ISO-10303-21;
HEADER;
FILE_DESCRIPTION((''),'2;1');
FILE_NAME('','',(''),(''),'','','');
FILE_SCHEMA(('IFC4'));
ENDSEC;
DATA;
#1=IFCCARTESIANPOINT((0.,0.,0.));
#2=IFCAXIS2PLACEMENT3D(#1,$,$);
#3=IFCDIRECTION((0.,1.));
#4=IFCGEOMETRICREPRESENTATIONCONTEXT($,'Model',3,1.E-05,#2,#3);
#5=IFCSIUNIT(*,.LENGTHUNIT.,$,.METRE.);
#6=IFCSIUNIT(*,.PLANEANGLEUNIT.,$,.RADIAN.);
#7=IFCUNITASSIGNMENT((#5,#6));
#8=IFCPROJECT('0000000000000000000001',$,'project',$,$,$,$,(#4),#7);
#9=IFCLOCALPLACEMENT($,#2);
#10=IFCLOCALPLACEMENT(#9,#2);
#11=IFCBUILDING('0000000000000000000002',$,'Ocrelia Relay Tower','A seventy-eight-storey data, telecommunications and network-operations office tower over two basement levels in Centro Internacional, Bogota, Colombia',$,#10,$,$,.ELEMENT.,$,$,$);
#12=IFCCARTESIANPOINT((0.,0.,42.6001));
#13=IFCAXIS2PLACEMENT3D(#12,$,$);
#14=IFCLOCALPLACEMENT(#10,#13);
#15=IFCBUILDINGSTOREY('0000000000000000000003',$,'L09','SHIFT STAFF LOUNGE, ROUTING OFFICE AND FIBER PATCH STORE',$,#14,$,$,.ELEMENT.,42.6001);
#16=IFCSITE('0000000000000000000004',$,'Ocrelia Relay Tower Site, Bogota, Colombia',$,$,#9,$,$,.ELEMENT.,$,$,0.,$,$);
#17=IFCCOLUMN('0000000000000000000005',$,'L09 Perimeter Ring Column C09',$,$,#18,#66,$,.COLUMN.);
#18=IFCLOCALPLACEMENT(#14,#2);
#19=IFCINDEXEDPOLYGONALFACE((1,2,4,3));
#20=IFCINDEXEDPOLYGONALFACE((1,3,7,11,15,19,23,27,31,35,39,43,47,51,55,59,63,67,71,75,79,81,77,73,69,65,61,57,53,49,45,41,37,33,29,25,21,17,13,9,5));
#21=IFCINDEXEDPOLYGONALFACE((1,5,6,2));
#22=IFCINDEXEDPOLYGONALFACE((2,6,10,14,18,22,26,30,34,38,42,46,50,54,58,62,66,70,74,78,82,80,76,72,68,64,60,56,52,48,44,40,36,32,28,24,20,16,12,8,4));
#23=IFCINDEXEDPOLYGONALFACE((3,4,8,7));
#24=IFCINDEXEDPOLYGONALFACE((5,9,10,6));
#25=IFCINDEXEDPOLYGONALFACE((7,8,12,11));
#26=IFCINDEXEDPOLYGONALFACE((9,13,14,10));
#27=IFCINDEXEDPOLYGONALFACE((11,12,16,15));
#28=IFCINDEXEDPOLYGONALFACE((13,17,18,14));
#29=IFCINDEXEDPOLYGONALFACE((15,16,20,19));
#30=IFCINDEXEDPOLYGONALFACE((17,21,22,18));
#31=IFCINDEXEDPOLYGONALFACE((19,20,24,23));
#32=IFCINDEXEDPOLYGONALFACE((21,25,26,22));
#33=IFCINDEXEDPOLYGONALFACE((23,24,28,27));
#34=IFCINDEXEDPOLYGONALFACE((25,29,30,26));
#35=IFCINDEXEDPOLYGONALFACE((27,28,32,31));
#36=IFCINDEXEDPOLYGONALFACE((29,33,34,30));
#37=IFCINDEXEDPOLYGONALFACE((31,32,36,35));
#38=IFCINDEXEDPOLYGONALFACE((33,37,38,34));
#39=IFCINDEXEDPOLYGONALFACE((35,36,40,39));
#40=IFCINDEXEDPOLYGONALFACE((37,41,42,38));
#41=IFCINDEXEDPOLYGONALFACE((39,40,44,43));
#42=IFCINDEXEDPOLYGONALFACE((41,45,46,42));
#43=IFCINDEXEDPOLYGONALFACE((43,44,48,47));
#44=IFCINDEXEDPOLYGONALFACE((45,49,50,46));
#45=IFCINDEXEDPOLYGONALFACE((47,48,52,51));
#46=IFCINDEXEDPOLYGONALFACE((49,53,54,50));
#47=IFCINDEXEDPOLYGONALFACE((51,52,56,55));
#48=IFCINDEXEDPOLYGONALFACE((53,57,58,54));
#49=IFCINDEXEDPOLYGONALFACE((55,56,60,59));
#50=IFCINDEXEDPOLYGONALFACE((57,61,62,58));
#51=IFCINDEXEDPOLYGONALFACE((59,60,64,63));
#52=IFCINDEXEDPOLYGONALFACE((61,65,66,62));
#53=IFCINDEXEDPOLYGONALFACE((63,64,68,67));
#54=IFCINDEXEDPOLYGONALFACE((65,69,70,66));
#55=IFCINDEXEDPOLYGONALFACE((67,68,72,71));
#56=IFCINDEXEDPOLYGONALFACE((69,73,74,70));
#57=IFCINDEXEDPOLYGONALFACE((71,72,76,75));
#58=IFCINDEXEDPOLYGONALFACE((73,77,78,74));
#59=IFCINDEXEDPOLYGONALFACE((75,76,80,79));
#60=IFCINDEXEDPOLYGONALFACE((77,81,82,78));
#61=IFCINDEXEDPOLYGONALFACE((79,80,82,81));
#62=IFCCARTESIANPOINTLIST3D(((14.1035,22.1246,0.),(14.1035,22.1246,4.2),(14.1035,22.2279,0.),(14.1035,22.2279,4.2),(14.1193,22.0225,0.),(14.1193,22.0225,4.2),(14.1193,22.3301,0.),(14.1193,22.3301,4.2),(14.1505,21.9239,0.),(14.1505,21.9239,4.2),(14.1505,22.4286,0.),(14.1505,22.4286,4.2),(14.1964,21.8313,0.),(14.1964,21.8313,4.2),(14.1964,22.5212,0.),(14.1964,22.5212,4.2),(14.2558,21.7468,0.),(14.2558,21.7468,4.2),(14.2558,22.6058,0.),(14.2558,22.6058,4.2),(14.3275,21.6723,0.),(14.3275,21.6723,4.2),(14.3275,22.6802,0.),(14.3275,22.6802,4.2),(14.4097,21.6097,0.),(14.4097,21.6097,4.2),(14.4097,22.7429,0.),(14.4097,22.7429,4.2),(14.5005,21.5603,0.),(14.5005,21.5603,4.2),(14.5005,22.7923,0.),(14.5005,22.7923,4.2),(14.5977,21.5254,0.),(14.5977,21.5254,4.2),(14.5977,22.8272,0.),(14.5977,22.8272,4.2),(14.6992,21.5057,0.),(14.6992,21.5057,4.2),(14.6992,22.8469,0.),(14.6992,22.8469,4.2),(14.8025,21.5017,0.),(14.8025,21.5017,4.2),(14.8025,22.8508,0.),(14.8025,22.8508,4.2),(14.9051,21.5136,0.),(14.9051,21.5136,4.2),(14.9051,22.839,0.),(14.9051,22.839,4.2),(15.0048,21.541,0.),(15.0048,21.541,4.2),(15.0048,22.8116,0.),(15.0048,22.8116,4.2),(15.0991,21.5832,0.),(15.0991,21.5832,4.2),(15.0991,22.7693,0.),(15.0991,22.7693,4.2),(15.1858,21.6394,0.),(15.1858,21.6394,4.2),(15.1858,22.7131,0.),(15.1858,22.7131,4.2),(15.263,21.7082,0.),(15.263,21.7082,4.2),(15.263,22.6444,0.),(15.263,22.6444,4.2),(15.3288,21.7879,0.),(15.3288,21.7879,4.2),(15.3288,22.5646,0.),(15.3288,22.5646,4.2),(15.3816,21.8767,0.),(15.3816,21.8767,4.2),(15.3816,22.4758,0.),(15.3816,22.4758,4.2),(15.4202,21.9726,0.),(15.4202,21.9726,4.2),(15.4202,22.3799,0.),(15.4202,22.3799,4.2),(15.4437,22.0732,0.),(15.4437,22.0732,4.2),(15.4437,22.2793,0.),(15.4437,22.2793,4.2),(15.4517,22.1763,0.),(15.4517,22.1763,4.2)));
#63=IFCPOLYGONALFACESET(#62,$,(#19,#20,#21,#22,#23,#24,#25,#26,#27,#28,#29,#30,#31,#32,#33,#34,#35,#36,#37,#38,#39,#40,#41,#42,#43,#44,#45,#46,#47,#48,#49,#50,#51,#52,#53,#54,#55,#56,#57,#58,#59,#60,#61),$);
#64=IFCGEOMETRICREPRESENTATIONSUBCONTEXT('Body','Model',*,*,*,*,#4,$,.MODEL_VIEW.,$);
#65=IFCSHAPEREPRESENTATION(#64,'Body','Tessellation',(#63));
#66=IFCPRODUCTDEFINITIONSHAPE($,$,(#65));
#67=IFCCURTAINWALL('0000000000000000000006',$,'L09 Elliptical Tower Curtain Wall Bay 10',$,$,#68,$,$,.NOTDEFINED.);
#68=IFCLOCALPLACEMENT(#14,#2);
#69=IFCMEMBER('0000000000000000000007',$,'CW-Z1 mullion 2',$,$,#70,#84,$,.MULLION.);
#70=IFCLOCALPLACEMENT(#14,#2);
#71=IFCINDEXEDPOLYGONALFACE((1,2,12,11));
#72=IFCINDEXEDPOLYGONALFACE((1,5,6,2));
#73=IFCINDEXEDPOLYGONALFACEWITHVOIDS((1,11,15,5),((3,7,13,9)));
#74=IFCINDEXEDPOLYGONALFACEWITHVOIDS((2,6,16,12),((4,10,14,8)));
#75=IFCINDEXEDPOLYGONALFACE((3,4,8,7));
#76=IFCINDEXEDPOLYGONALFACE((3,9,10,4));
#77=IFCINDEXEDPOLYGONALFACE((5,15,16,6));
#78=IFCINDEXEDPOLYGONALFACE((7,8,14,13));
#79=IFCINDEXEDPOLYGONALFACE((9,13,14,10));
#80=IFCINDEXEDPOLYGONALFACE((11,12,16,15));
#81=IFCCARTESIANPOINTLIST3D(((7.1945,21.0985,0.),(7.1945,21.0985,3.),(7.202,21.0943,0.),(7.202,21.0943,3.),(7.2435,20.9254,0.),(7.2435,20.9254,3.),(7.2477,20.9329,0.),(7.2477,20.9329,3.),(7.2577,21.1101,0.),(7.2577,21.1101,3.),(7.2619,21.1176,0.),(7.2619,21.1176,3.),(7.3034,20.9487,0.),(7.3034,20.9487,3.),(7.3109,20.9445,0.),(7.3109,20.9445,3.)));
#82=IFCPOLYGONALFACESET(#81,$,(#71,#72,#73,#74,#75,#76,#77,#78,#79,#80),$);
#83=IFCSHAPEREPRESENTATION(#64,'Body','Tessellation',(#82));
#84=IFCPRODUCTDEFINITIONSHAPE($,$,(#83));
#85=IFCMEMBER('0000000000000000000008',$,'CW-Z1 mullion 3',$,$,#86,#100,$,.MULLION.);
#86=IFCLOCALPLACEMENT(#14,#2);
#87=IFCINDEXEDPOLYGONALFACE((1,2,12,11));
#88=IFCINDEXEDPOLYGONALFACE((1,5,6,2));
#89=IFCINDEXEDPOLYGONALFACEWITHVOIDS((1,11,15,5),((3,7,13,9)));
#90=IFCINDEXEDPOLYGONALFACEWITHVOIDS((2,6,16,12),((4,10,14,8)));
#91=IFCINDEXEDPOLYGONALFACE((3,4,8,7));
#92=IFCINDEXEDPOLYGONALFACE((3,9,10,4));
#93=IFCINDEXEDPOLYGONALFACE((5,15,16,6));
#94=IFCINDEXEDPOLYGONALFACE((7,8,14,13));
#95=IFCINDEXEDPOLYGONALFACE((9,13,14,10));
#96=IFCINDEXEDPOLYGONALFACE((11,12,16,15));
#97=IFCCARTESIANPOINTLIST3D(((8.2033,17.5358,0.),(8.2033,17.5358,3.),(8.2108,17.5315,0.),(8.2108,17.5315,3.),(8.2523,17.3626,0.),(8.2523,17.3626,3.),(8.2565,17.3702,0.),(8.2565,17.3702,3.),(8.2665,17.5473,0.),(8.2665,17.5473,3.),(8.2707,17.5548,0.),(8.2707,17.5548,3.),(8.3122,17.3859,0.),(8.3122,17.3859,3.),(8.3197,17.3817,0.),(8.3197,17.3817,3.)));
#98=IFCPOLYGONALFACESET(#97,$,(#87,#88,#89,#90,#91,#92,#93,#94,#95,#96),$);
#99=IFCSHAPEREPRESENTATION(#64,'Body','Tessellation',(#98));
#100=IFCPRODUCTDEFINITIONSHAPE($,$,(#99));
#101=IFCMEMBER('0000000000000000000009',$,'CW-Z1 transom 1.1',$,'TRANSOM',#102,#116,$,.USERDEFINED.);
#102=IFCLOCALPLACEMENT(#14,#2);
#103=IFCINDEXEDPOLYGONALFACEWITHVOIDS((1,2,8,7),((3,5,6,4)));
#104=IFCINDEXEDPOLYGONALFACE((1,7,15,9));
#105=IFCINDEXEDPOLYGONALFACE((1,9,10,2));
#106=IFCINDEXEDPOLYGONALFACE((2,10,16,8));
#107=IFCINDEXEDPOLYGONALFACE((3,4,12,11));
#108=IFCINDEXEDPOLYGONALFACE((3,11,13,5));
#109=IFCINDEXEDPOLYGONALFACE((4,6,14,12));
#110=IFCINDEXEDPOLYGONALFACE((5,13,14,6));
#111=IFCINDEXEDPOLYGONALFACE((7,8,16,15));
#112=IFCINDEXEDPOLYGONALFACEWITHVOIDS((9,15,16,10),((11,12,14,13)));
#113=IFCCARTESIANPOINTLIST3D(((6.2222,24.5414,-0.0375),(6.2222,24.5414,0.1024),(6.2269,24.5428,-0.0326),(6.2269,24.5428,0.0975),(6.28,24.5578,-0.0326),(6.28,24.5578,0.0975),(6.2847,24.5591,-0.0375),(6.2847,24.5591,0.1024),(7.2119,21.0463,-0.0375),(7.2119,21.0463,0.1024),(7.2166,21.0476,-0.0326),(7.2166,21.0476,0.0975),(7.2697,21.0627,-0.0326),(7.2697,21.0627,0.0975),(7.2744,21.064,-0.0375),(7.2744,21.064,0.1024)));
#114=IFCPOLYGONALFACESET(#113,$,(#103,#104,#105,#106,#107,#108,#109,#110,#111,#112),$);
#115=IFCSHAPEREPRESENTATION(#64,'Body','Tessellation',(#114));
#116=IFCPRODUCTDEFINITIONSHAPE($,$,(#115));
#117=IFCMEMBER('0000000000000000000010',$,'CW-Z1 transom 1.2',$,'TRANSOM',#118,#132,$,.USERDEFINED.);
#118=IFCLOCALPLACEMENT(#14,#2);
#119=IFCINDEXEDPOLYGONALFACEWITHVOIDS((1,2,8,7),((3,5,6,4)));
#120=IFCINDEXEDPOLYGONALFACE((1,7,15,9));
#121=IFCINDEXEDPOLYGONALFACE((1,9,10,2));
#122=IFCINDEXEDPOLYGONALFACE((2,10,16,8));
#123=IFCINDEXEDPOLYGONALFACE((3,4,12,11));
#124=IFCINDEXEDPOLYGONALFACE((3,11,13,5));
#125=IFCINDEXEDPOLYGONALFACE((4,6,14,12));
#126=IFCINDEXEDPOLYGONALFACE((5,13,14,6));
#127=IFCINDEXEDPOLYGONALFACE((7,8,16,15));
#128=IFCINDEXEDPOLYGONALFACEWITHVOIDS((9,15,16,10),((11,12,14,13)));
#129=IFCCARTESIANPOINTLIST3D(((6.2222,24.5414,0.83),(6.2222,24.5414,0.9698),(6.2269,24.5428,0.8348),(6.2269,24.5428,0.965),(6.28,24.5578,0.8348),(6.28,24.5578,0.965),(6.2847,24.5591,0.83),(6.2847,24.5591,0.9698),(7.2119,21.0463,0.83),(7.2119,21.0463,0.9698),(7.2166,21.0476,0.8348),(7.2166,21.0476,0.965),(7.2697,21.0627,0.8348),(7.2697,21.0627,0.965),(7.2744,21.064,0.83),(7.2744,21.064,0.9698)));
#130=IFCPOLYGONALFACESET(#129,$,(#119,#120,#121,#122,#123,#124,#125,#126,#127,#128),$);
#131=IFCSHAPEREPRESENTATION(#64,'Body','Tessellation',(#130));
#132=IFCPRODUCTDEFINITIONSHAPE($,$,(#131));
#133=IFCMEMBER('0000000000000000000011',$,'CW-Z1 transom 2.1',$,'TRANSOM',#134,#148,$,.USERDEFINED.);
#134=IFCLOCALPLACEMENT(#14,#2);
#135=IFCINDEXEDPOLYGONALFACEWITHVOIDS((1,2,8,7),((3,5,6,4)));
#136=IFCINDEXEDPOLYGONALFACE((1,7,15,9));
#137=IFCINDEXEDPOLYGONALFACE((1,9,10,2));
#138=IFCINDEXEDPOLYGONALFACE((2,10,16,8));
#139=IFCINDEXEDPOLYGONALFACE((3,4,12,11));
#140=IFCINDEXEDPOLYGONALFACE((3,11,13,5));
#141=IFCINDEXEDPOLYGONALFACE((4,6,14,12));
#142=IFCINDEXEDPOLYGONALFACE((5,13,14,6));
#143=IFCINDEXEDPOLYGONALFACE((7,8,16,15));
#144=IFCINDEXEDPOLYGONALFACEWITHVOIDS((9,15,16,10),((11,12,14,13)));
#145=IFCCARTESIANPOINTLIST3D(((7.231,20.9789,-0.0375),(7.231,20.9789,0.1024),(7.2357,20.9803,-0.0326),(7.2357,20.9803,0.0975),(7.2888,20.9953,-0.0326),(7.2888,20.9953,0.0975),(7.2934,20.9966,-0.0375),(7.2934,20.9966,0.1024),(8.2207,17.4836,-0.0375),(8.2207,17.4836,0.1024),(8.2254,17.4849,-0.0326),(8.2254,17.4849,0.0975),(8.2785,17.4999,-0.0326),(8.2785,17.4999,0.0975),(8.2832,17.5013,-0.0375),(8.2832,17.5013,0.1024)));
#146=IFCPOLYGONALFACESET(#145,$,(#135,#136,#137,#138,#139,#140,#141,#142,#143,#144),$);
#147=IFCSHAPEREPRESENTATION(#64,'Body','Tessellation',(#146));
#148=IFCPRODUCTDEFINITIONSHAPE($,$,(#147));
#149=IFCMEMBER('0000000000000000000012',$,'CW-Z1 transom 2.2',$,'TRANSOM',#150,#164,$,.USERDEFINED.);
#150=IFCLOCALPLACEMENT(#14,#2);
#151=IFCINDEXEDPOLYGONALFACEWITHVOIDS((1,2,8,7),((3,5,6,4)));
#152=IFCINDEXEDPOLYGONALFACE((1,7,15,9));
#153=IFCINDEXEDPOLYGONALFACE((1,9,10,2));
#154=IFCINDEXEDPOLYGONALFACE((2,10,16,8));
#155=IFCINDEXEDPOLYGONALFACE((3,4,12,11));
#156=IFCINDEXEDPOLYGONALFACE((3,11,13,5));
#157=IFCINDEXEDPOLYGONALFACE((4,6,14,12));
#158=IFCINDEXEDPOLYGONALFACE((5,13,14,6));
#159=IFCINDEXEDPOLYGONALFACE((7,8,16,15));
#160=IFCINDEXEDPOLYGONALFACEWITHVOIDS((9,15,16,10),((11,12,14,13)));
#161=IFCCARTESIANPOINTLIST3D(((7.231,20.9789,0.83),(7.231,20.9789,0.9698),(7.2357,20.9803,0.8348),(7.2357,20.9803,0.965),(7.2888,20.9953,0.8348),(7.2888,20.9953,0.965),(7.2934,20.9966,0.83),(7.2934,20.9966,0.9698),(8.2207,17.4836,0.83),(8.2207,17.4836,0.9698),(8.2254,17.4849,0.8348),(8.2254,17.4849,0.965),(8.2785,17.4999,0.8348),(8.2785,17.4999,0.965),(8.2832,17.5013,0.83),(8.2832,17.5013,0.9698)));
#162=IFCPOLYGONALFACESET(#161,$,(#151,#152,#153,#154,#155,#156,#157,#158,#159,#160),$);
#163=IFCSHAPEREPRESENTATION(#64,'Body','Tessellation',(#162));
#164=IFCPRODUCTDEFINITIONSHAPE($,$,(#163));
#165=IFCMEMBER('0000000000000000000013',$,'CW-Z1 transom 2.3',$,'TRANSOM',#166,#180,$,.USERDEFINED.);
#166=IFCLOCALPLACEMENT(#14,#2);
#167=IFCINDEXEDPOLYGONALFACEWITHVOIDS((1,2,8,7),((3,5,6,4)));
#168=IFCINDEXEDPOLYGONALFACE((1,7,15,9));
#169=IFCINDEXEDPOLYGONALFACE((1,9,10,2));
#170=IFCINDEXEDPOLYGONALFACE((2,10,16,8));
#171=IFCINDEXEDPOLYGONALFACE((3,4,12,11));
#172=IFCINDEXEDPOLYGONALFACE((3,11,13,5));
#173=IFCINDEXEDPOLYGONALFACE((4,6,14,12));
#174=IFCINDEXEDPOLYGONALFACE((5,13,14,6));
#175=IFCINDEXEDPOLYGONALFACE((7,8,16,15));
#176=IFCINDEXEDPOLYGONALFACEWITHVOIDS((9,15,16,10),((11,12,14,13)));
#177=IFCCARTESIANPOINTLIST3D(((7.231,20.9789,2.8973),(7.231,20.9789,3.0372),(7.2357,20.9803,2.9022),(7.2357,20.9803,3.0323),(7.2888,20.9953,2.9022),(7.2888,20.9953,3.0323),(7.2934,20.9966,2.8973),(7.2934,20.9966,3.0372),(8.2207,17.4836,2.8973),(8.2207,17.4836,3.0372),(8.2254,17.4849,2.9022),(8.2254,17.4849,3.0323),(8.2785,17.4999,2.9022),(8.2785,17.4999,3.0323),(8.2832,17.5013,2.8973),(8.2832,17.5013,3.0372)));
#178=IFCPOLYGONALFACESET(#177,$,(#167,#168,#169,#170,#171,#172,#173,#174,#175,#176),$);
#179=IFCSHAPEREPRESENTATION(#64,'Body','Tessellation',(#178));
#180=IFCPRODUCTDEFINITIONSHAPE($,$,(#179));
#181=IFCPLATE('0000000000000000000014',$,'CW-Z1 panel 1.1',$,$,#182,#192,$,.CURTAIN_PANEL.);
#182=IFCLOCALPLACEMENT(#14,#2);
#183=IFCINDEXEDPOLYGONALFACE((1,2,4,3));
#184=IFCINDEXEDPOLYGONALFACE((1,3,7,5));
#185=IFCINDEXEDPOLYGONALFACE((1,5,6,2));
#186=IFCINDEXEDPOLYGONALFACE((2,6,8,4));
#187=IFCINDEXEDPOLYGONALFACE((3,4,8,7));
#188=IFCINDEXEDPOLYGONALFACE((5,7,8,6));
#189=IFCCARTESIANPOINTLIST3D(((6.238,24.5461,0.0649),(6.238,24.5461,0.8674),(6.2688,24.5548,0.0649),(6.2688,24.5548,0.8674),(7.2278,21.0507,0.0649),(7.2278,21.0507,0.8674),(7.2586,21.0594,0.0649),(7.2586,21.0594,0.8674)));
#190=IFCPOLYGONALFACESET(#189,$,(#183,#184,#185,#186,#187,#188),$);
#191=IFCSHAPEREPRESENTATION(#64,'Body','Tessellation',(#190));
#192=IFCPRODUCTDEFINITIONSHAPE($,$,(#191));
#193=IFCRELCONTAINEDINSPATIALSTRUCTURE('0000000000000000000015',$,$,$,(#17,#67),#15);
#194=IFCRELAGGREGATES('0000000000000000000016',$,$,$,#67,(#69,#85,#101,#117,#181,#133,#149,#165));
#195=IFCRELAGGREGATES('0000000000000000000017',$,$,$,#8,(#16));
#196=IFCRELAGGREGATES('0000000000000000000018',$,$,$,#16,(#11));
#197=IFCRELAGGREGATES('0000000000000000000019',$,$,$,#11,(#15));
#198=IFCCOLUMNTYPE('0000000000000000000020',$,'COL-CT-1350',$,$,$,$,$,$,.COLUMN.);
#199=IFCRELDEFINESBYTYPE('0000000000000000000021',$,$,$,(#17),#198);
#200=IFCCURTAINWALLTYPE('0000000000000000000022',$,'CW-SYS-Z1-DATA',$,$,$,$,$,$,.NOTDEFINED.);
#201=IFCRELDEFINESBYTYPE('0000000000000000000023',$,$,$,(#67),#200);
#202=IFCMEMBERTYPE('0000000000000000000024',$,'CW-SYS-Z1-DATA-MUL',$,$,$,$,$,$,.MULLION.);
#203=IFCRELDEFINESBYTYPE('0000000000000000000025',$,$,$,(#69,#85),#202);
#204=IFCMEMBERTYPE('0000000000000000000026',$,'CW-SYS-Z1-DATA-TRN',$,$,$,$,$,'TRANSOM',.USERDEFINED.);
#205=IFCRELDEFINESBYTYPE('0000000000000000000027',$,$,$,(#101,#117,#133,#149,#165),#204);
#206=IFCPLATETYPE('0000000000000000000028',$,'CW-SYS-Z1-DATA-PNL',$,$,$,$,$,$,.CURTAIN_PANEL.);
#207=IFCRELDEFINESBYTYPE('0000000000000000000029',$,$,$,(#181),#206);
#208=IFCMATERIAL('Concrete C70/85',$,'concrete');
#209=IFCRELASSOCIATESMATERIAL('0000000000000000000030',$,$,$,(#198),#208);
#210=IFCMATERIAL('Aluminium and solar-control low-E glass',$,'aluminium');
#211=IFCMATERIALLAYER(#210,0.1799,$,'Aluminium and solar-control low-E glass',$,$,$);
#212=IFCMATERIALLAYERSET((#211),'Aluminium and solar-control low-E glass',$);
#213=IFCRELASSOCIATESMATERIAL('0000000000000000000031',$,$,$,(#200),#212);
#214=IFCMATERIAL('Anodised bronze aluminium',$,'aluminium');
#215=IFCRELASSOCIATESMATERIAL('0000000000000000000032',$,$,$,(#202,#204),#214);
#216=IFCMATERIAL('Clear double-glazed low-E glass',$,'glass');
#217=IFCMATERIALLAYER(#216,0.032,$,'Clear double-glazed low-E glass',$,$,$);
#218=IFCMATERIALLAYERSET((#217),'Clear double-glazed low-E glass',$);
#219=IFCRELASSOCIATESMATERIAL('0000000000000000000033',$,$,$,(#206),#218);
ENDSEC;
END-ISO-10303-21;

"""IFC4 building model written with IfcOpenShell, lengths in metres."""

from ifc_helpers import new_model, si_unit, direction, frame, origin, origin_2d, place, context, subcontext, project, spatial, rectangle, hollow_rectangle, circle, extrude, material, layer, layer_set, material_profile, profile_set, type_object, element, aggregate, save


model = new_model("IFC4")

# Units and contexts
model_context = context("Model", 3, precision=1e-05, world=origin(), true_north=direction((0.0, 1.0)))
body_context = subcontext(model_context, "Body", "Model", "MODEL_VIEW")
ifc_project = project(units=[si_unit("LENGTHUNIT", "METRE"), si_unit("PLANEANGLEUNIT", "RADIAN")], contexts=[model_context])

# Site, building, storey
site_placement = place(None, origin())
site = spatial("IfcSite", under=ifc_project, at=site_placement, Name="Ocrelia Relay Tower Site, Bogota, Colombia", CompositionType="ELEMENT", RefElevation=0.0)
building_placement = place(site_placement, origin())
building = spatial("IfcBuilding", under=site, at=building_placement, Name="Ocrelia Relay Tower", Description="A seventy-eight-storey data, telecommunications and network-operations office tower over two basement levels in Centro Internacional, Bogota, Colombia", CompositionType="ELEMENT")
storey_placement = place(building_placement, frame((0.0, 0.0, 42.6001)))
storey = spatial("IfcBuildingStorey", under=building, at=storey_placement, Name="L09", Description="SHIFT STAFF LOUNGE, ROUTING OFFICE AND FIBER PATCH STORE", CompositionType="ELEMENT", Elevation=42.6001)

# Column
ifc_material_1 = material(Name="Concrete C70/85", Category="concrete")
ifc_material_profile_1 = material_profile(ifc_material_1, circle(Radius=0.675, at=origin_2d()), Name="RC-CIR-1350")
ifc_profile_set_1 = profile_set([ifc_material_profile_1], Name="Concrete C70/85")
column_type = type_object("IfcColumnType", Name="COL-CT-1350", PredefinedType="COLUMN", material=ifc_profile_set_1)
column_placement = place(storey_placement, frame((14.7766, 22.1763, 0.0), z_axis=(0.0, 0.0, 1.0), x_axis=(1.0, 0.0, 0.0)))
element("IfcColumn", 1, at=column_placement, inside=storey, type_object=column_type, Name="L09 Perimeter Ring Column C09", PredefinedType="COLUMN", context=body_context, shape_type="SweptSolid", body=[
    extrude(circle(Radius=0.675, at=origin_2d()), origin(), (0.0, 0.0, 1.0), 4.2),
])

# Curtain wall, members, plate
ifc_material_2 = material(Name="Aluminium and solar-control low-E glass", Category="aluminium")
ifc_layer_1 = layer(ifc_material_2, 0.1799, Name="Aluminium and solar-control low-E glass")
ifc_layer_set_1 = layer_set([ifc_layer_1], Name="Aluminium and solar-control low-E glass")
curtain_wall_type = type_object("IfcCurtainWallType", Name="CW-SYS-Z1-DATA", PredefinedType="NOTDEFINED", material=ifc_layer_set_1)
curtain_wall_placement = place(storey_placement, origin())
curtain_wall = element("IfcCurtainWall", 2, at=curtain_wall_placement, inside=storey, type_object=curtain_wall_type, Name="L09 Elliptical Tower Curtain Wall Bay 10", PredefinedType="NOTDEFINED")
ifc_material_3 = material(Name="Anodised bronze aluminium", Category="aluminium")
ifc_material_profile_2 = material_profile(ifc_material_3, hollow_rectangle(XDim=0.0701, YDim=0.1799, WallThickness=0.0061, at=origin_2d()), Name="CW-MUL-180x70")
ifc_profile_set_2 = profile_set([ifc_material_profile_2], Name="Anodised bronze aluminium")
member_type_1 = type_object("IfcMemberType", Name="CW-SYS-Z1-DATA-MUL", PredefinedType="MULLION", material=ifc_profile_set_2)
member_1_placement = place(storey_placement, frame((7.2527, 21.0215, 0.0), z_axis=(0.0, 0.0, 1.0), x_axis=(0.962169, 0.272454, 0.0)))
member_1 = element("IfcMember", 3, at=member_1_placement, type_object=member_type_1, Name="CW-Z1 mullion 2", PredefinedType="MULLION", context=body_context, shape_type="SweptSolid", body=[
    extrude(hollow_rectangle(XDim=0.0701, YDim=0.1799, WallThickness=0.0061, at=origin_2d()), origin(), (0.0, 0.0, 1.0), 3.0),
])
member_2_placement = place(storey_placement, frame((8.2615, 17.4587, 0.0), z_axis=(0.0, 0.0, 1.0), x_axis=(0.962169, 0.272454, 0.0)))
member_2 = element("IfcMember", 4, at=member_2_placement, type_object=member_type_1, Name="CW-Z1 mullion 3", PredefinedType="MULLION", context=body_context, shape_type="SweptSolid", body=[
    extrude(hollow_rectangle(XDim=0.0701, YDim=0.1799, WallThickness=0.0061, at=origin_2d()), origin(), (0.0, 0.0, 1.0), 3.0),
])
ifc_material_profile_3 = material_profile(ifc_material_3, hollow_rectangle(XDim=0.0649, YDim=0.1399, WallThickness=0.0049, at=origin_2d()), Name="CW-TRN-140x65")
ifc_profile_set_3 = profile_set([ifc_material_profile_3], Name="Anodised bronze aluminium")
member_type_2 = type_object("IfcMemberType", Name="CW-SYS-Z1-DATA-TRN", ElementType="TRANSOM", PredefinedType="USERDEFINED", material=ifc_profile_set_3)
member_3_placement = place(storey_placement, frame((6.2534, 24.5503, 0.0325), z_axis=(0.272466, -0.962165, 0.0), x_axis=(0.962165, 0.272466, 0.0)))
member_3 = element("IfcMember", 5, at=member_3_placement, type_object=member_type_2, Name="CW-Z1 transom 1.1", ObjectType="TRANSOM", PredefinedType="USERDEFINED", context=body_context, shape_type="SweptSolid", body=[
    extrude(hollow_rectangle(XDim=0.0649, YDim=0.1399, WallThickness=0.0049, at=origin_2d()), origin(), (0.0, 0.0, 1.0), 3.6326),
])
member_4_placement = place(storey_placement, frame((6.2534, 24.5503, 0.8999), z_axis=(0.272466, -0.962165, 0.0), x_axis=(0.962165, 0.272466, 0.0)))
member_4 = element("IfcMember", 6, at=member_4_placement, type_object=member_type_2, Name="CW-Z1 transom 1.2", ObjectType="TRANSOM", PredefinedType="USERDEFINED", context=body_context, shape_type="SweptSolid", body=[
    extrude(hollow_rectangle(XDim=0.0649, YDim=0.1399, WallThickness=0.0049, at=origin_2d()), origin(), (0.0, 0.0, 1.0), 3.6326),
])
member_5_placement = place(storey_placement, frame((7.2622, 20.9878, 0.0325), z_axis=(0.272448, -0.96217, 0.0), x_axis=(0.96217, 0.272448, 0.0)))
member_5 = element("IfcMember", 7, at=member_5_placement, type_object=member_type_2, Name="CW-Z1 transom 2.1", ObjectType="TRANSOM", PredefinedType="USERDEFINED", context=body_context, shape_type="SweptSolid", body=[
    extrude(hollow_rectangle(XDim=0.0649, YDim=0.1399, WallThickness=0.0049, at=origin_2d()), origin(), (0.0, 0.0, 1.0), 3.6328),
])
member_6_placement = place(storey_placement, frame((7.2622, 20.9878, 0.8999), z_axis=(0.272448, -0.96217, 0.0), x_axis=(0.96217, 0.272448, 0.0)))
member_6 = element("IfcMember", 8, at=member_6_placement, type_object=member_type_2, Name="CW-Z1 transom 2.2", ObjectType="TRANSOM", PredefinedType="USERDEFINED", context=body_context, shape_type="SweptSolid", body=[
    extrude(hollow_rectangle(XDim=0.0649, YDim=0.1399, WallThickness=0.0049, at=origin_2d()), origin(), (0.0, 0.0, 1.0), 3.6328),
])
member_7_placement = place(storey_placement, frame((7.2622, 20.9878, 2.9673), z_axis=(0.272448, -0.96217, 0.0), x_axis=(0.96217, 0.272448, 0.0)))
member_7 = element("IfcMember", 9, at=member_7_placement, type_object=member_type_2, Name="CW-Z1 transom 2.3", ObjectType="TRANSOM", PredefinedType="USERDEFINED", context=body_context, shape_type="SweptSolid", body=[
    extrude(hollow_rectangle(XDim=0.0649, YDim=0.1399, WallThickness=0.0049, at=origin_2d()), origin(), (0.0, 0.0, 1.0), 3.6328),
])
ifc_material_4 = material(Name="Clear double-glazed low-E glass", Category="glass")
ifc_layer_2 = layer(ifc_material_4, 0.032, Name="Clear double-glazed low-E glass")
ifc_layer_set_2 = layer_set([ifc_layer_2], Name="Clear double-glazed low-E glass")
plate_type = type_object("IfcPlateType", Name="CW-SYS-Z1-DATA-PNL", PredefinedType="CURTAIN_PANEL", material=ifc_layer_set_2)
plate_1_placement = place(storey_placement, frame((6.7483, 22.8027, 0.0649), z_axis=(0.0, 0.0, 1.0), x_axis=(0.272454, -0.962169, 0.0)))
plate_1 = element("IfcPlate", 10, at=plate_1_placement, type_object=plate_type, Name="CW-Z1 panel 1.1", PredefinedType="CURTAIN_PANEL", context=body_context, shape_type="SweptSolid", body=[
    extrude(rectangle(XDim=3.6328, YDim=0.032, at=origin_2d()), origin(), (0.0, 0.0, 1.0), 0.8025),
])
aggregate(curtain_wall, [member_1, member_2, member_3, member_4, plate_1, member_5, member_6, member_7])

save(model, "model.ifc")
